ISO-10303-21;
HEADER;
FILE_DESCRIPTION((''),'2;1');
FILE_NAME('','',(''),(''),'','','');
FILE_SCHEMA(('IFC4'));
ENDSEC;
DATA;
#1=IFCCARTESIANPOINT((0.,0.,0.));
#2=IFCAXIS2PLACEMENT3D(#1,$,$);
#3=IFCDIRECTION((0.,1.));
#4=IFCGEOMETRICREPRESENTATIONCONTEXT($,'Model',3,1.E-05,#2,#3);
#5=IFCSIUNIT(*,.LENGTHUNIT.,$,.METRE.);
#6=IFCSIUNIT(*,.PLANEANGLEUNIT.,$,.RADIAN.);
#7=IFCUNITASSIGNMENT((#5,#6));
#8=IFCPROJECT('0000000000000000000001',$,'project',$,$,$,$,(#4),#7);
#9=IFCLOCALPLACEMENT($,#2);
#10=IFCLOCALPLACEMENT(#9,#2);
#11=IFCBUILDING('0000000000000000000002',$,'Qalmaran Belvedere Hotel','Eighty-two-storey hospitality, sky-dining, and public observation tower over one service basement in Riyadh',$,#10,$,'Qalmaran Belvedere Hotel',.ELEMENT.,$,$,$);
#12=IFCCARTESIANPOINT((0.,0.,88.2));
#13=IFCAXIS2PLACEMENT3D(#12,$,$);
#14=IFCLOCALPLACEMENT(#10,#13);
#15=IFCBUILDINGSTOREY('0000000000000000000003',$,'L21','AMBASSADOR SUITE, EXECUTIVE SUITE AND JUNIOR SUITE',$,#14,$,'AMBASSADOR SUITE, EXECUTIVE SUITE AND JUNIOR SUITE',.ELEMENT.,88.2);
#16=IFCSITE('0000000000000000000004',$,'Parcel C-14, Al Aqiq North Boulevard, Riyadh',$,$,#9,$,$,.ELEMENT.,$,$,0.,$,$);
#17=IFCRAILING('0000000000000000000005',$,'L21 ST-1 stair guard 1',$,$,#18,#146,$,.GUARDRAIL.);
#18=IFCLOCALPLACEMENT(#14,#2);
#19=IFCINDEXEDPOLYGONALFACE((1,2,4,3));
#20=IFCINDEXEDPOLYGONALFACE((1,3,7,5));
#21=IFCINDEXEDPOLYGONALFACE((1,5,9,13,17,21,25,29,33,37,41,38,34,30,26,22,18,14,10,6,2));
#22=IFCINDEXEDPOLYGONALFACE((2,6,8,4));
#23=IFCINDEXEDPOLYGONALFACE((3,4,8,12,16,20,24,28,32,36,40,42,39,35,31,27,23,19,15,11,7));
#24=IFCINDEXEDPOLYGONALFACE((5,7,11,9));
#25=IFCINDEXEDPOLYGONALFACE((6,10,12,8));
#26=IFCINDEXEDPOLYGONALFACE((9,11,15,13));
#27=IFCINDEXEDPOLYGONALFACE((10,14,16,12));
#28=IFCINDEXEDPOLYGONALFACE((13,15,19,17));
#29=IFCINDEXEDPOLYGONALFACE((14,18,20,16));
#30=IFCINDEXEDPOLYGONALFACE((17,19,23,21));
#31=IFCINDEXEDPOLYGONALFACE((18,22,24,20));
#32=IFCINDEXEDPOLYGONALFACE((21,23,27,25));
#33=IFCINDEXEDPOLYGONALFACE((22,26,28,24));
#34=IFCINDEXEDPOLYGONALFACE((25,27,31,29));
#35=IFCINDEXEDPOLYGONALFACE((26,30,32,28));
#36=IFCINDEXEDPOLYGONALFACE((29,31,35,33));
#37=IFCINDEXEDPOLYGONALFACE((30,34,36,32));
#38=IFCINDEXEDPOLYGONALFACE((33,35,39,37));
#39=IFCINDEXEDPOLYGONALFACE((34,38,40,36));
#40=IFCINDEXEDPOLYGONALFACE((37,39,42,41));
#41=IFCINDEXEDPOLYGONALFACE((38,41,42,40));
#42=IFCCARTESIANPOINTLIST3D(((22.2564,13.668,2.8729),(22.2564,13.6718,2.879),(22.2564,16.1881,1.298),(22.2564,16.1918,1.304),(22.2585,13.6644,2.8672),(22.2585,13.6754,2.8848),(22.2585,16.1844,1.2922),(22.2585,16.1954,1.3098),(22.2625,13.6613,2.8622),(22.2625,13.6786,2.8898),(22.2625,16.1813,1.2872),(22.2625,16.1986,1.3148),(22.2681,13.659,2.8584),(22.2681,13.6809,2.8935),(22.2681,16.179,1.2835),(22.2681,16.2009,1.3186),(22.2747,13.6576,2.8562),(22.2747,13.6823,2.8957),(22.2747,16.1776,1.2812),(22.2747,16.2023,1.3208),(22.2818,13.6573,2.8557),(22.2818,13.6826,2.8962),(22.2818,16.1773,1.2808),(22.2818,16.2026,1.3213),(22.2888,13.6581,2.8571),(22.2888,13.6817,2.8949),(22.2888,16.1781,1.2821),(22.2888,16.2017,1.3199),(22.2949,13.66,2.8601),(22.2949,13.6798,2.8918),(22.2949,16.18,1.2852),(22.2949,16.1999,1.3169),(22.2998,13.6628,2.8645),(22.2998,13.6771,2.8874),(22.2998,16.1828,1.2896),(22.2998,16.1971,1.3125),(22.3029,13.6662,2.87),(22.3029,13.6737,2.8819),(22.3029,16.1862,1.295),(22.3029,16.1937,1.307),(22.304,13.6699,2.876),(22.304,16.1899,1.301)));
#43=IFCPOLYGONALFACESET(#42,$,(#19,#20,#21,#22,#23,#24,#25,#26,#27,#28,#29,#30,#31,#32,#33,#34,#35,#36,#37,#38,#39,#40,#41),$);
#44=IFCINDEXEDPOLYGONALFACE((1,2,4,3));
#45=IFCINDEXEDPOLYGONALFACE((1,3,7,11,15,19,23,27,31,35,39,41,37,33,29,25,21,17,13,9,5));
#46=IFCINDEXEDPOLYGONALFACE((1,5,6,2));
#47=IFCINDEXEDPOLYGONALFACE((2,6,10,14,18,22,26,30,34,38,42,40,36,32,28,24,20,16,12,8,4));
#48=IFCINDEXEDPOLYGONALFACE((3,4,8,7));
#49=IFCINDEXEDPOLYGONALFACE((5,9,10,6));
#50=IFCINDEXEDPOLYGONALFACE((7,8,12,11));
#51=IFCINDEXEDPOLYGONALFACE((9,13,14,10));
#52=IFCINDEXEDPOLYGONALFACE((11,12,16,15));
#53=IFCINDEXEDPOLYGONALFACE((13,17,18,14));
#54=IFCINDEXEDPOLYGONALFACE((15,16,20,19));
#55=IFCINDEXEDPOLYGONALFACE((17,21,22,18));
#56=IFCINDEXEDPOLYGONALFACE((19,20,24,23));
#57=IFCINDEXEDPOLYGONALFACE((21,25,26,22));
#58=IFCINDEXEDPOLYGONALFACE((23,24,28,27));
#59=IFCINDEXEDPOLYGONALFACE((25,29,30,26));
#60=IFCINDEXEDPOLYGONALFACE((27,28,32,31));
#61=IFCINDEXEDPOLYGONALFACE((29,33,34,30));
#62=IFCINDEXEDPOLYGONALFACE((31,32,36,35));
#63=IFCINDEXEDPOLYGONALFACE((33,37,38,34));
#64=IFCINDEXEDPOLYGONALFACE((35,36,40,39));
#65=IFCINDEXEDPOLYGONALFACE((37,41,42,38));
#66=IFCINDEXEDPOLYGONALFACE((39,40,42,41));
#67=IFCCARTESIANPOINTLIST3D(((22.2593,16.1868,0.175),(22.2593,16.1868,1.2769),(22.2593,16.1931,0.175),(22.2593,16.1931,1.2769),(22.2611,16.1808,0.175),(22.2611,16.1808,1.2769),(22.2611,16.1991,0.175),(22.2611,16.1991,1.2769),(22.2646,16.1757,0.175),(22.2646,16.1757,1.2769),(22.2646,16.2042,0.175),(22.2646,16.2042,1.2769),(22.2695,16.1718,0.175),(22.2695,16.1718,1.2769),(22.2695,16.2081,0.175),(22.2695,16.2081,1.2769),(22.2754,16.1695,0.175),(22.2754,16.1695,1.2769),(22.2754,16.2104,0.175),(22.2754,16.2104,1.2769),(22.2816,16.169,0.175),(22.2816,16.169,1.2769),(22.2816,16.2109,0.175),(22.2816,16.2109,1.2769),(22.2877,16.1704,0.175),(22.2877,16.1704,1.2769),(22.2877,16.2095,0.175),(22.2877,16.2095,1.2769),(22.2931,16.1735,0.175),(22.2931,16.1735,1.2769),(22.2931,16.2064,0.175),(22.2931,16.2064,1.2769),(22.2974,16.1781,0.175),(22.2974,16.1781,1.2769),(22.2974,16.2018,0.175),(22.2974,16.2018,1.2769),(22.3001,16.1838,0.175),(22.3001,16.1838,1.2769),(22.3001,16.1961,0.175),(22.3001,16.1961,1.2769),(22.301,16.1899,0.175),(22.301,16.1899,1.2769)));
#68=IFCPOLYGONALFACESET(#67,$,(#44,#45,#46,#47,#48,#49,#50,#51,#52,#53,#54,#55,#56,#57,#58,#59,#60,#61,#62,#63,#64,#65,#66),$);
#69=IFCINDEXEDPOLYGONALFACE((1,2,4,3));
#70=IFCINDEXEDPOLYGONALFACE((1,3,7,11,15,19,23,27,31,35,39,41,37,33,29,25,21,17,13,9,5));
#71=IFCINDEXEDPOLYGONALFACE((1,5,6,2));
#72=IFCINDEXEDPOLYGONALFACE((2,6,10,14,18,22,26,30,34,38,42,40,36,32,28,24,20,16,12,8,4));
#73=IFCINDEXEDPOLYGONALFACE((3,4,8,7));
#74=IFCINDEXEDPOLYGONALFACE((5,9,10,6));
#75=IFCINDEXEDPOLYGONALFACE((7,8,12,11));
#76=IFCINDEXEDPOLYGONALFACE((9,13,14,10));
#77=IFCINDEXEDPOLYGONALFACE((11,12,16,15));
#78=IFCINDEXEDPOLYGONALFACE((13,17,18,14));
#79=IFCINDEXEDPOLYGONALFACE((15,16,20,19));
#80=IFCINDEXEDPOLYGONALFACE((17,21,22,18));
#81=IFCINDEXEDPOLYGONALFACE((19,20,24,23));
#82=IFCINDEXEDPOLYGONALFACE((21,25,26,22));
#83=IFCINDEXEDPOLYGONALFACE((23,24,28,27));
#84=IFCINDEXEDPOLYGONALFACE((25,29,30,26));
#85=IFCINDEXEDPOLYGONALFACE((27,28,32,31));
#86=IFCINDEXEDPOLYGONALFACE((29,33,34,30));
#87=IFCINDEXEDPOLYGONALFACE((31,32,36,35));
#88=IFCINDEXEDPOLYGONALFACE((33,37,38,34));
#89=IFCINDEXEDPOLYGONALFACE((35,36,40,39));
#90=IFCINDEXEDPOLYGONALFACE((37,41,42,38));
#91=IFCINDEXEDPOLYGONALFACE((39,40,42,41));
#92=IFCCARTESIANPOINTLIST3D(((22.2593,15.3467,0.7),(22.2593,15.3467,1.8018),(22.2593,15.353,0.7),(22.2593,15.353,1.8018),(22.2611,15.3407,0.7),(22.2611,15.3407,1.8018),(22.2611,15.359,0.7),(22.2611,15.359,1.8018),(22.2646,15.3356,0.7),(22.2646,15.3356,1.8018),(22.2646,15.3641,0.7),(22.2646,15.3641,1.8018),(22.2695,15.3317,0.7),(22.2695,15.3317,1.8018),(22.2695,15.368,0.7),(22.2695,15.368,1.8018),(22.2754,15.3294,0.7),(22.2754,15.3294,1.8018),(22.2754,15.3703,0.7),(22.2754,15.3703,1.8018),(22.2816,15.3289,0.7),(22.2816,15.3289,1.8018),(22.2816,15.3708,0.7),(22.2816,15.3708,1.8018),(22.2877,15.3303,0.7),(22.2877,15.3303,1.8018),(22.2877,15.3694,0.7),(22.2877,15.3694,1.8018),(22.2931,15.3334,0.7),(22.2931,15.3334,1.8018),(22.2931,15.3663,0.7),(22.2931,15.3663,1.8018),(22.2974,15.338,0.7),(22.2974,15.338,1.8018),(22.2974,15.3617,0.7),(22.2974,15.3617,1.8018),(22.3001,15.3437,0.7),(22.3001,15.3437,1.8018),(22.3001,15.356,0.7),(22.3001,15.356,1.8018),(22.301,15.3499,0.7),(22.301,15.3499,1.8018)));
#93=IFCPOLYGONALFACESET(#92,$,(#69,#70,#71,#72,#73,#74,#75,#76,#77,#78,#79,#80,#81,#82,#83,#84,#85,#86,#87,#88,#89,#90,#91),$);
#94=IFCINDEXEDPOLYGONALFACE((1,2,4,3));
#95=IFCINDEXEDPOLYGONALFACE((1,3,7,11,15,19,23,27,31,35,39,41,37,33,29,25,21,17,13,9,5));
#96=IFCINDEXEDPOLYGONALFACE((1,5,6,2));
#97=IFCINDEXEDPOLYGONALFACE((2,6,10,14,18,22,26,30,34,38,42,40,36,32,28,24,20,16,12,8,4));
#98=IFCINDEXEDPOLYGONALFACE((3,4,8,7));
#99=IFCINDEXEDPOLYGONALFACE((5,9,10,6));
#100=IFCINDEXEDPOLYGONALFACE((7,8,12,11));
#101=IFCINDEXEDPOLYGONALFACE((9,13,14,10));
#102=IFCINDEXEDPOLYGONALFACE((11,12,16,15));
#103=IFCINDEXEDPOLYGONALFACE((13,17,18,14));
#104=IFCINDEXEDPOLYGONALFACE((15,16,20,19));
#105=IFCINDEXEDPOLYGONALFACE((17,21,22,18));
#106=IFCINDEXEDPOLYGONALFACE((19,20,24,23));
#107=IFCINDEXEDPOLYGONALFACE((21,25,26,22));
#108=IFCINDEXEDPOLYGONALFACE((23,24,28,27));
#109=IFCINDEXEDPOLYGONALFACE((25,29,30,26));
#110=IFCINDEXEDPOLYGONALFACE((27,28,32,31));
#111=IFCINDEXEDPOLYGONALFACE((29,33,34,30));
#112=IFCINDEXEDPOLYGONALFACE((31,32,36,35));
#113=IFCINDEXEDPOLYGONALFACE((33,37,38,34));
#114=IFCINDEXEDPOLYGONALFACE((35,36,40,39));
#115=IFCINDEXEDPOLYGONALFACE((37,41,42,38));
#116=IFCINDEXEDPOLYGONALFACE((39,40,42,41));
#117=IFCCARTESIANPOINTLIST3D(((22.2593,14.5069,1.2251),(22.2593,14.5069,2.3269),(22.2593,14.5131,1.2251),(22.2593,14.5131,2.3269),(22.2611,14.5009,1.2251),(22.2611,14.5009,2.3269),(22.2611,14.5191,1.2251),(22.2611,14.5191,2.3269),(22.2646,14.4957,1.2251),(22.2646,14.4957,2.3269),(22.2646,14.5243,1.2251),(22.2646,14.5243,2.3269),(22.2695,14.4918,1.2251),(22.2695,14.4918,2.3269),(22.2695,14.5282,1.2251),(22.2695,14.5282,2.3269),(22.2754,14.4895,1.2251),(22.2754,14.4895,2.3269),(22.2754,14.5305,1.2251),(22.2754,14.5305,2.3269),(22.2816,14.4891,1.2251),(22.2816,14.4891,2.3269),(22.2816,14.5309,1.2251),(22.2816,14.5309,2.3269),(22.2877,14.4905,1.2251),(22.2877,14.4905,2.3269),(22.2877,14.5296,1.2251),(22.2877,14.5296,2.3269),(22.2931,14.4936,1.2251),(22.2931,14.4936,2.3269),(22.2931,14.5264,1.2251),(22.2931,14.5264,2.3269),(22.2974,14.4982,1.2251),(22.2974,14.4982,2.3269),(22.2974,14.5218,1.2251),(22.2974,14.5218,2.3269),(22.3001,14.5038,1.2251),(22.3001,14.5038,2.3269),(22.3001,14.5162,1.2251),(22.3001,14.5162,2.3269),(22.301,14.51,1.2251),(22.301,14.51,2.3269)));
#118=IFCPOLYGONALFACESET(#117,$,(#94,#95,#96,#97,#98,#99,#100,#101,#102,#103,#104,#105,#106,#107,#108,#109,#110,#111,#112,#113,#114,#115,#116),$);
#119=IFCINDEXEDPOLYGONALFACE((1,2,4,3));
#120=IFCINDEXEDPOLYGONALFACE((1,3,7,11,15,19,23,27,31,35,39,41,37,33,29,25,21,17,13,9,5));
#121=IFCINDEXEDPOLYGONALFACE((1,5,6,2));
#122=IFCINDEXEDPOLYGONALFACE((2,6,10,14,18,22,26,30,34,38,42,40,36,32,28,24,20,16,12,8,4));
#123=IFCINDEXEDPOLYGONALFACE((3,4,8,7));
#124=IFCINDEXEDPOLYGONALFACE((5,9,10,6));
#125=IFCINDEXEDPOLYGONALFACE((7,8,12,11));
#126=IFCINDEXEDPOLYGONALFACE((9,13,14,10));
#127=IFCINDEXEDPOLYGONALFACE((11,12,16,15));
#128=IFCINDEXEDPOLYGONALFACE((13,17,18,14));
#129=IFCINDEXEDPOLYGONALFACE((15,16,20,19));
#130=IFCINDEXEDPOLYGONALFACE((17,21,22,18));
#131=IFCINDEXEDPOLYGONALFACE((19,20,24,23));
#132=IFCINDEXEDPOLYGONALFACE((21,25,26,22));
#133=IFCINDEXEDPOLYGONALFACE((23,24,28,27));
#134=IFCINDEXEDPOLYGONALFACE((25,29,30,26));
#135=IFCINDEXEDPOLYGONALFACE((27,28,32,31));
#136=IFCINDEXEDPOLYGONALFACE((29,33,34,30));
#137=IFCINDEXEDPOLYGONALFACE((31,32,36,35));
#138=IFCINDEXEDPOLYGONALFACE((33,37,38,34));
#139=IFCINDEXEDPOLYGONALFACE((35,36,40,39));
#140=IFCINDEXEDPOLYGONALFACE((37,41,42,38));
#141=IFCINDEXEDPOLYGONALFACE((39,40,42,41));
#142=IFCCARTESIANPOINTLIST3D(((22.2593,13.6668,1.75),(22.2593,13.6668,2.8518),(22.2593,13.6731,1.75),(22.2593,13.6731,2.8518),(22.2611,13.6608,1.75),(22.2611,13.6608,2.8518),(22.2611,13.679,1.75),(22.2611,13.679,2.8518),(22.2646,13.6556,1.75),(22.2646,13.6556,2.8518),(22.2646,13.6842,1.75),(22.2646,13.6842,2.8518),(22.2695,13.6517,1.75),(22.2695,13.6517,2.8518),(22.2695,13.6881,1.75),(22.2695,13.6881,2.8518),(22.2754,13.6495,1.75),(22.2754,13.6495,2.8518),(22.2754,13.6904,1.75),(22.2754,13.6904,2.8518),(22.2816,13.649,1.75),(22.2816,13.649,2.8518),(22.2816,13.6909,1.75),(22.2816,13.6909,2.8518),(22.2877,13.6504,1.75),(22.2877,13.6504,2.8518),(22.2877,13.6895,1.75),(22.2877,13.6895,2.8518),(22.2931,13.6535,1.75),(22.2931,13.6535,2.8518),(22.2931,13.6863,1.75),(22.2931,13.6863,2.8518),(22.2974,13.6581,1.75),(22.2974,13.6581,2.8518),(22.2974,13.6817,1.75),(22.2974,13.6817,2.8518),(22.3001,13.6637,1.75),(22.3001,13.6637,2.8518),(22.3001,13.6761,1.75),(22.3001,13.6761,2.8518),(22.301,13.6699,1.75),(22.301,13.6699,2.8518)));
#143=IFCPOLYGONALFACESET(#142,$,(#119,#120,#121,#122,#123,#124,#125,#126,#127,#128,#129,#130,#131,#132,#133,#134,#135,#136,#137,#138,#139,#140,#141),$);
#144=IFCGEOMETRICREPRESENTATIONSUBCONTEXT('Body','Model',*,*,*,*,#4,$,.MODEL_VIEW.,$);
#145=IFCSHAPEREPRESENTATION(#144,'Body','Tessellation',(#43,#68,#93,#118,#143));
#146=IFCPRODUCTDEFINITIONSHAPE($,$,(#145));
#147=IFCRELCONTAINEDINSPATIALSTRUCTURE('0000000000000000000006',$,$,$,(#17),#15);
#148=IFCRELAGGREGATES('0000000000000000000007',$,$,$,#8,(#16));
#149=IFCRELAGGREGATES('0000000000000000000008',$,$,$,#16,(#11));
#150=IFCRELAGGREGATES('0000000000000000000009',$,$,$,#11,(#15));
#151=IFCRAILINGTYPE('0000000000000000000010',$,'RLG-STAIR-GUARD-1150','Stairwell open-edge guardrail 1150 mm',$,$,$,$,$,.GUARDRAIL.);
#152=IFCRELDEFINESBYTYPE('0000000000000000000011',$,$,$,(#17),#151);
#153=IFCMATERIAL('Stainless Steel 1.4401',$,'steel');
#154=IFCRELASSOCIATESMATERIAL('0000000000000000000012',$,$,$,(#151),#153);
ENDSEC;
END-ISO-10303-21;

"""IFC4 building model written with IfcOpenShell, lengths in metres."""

from ifc_helpers import new_model, si_unit, direction, frame, origin, origin_2d, place, context, subcontext, project, spatial, circle, extrude, material, type_object, element, save


model = new_model("IFC4")

# Units and contexts
model_context = context("Model", 3, precision=1e-05, world=origin(), true_north=direction((0.0, 1.0)))
body_context = subcontext(model_context, "Body", "Model", "MODEL_VIEW")
ifc_project = project(units=[si_unit("LENGTHUNIT", "METRE"), si_unit("PLANEANGLEUNIT", "RADIAN")], contexts=[model_context])

# Site, building, storey
site_placement = place(None, origin())
site = spatial("IfcSite", under=ifc_project, at=site_placement, Name="Parcel C-14, Al Aqiq North Boulevard, Riyadh", CompositionType="ELEMENT", RefElevation=0.0)
building_placement = place(site_placement, origin())
building = spatial("IfcBuilding", under=site, at=building_placement, Name="Qalmaran Belvedere Hotel", Description="Eighty-two-storey hospitality, sky-dining, and public observation tower over one service basement in Riyadh", LongName="Qalmaran Belvedere Hotel", CompositionType="ELEMENT")
storey_placement = place(building_placement, frame((0.0, 0.0, 88.2)))
storey = spatial("IfcBuildingStorey", under=building, at=storey_placement, Name="L21", Description="AMBASSADOR SUITE, EXECUTIVE SUITE AND JUNIOR SUITE", LongName="AMBASSADOR SUITE, EXECUTIVE SUITE AND JUNIOR SUITE", CompositionType="ELEMENT", Elevation=88.2)

# Shared definitions
ifc_material_1 = material(Name="Stainless Steel 1.4401", Category="steel")

# Railing
railing_type_1 = type_object("IfcRailingType", Name="RLG-STAIR-GUARD-1150", Description="Stairwell open-edge guardrail 1150 mm", PredefinedType="GUARDRAIL", material=ifc_material_1)
railing_1_placement = place(storey_placement, frame((22.28, 16.1899, 0.175)))
element("IfcRailing", 1, at=railing_1_placement, inside=storey, type_object=railing_type_1, Name="L21 ST-1 stair guard 1", PredefinedType="GUARDRAIL", context=body_context, shape_type="SweptSolid", body=[
    extrude(circle(Radius=0.0239, at=origin_2d()), frame((0.0, 0.0, 1.126), z_axis=(0.0, -0.848008, 0.529984), x_axis=(1.0, 0.0, 0.0)), (0.0, 0.0, 1.0), 2.9717),
    extrude(circle(Radius=0.021, at=origin_2d()), origin(), (0.0, 0.0, 1.0), 1.1018),
    extrude(circle(Radius=0.021, at=origin_2d()), frame((0.0, -0.8401, 0.5249)), (0.0, 0.0, 1.0), 1.1018),
    extrude(circle(Radius=0.021, at=origin_2d()), frame((0.0, -1.6799, 1.05)), (0.0, 0.0, 1.0), 1.1018),
    extrude(circle(Radius=0.021, at=origin_2d()), frame((0.0, -2.52, 1.575)), (0.0, 0.0, 1.0), 1.1018),
])

save(model, "model.ifc")
